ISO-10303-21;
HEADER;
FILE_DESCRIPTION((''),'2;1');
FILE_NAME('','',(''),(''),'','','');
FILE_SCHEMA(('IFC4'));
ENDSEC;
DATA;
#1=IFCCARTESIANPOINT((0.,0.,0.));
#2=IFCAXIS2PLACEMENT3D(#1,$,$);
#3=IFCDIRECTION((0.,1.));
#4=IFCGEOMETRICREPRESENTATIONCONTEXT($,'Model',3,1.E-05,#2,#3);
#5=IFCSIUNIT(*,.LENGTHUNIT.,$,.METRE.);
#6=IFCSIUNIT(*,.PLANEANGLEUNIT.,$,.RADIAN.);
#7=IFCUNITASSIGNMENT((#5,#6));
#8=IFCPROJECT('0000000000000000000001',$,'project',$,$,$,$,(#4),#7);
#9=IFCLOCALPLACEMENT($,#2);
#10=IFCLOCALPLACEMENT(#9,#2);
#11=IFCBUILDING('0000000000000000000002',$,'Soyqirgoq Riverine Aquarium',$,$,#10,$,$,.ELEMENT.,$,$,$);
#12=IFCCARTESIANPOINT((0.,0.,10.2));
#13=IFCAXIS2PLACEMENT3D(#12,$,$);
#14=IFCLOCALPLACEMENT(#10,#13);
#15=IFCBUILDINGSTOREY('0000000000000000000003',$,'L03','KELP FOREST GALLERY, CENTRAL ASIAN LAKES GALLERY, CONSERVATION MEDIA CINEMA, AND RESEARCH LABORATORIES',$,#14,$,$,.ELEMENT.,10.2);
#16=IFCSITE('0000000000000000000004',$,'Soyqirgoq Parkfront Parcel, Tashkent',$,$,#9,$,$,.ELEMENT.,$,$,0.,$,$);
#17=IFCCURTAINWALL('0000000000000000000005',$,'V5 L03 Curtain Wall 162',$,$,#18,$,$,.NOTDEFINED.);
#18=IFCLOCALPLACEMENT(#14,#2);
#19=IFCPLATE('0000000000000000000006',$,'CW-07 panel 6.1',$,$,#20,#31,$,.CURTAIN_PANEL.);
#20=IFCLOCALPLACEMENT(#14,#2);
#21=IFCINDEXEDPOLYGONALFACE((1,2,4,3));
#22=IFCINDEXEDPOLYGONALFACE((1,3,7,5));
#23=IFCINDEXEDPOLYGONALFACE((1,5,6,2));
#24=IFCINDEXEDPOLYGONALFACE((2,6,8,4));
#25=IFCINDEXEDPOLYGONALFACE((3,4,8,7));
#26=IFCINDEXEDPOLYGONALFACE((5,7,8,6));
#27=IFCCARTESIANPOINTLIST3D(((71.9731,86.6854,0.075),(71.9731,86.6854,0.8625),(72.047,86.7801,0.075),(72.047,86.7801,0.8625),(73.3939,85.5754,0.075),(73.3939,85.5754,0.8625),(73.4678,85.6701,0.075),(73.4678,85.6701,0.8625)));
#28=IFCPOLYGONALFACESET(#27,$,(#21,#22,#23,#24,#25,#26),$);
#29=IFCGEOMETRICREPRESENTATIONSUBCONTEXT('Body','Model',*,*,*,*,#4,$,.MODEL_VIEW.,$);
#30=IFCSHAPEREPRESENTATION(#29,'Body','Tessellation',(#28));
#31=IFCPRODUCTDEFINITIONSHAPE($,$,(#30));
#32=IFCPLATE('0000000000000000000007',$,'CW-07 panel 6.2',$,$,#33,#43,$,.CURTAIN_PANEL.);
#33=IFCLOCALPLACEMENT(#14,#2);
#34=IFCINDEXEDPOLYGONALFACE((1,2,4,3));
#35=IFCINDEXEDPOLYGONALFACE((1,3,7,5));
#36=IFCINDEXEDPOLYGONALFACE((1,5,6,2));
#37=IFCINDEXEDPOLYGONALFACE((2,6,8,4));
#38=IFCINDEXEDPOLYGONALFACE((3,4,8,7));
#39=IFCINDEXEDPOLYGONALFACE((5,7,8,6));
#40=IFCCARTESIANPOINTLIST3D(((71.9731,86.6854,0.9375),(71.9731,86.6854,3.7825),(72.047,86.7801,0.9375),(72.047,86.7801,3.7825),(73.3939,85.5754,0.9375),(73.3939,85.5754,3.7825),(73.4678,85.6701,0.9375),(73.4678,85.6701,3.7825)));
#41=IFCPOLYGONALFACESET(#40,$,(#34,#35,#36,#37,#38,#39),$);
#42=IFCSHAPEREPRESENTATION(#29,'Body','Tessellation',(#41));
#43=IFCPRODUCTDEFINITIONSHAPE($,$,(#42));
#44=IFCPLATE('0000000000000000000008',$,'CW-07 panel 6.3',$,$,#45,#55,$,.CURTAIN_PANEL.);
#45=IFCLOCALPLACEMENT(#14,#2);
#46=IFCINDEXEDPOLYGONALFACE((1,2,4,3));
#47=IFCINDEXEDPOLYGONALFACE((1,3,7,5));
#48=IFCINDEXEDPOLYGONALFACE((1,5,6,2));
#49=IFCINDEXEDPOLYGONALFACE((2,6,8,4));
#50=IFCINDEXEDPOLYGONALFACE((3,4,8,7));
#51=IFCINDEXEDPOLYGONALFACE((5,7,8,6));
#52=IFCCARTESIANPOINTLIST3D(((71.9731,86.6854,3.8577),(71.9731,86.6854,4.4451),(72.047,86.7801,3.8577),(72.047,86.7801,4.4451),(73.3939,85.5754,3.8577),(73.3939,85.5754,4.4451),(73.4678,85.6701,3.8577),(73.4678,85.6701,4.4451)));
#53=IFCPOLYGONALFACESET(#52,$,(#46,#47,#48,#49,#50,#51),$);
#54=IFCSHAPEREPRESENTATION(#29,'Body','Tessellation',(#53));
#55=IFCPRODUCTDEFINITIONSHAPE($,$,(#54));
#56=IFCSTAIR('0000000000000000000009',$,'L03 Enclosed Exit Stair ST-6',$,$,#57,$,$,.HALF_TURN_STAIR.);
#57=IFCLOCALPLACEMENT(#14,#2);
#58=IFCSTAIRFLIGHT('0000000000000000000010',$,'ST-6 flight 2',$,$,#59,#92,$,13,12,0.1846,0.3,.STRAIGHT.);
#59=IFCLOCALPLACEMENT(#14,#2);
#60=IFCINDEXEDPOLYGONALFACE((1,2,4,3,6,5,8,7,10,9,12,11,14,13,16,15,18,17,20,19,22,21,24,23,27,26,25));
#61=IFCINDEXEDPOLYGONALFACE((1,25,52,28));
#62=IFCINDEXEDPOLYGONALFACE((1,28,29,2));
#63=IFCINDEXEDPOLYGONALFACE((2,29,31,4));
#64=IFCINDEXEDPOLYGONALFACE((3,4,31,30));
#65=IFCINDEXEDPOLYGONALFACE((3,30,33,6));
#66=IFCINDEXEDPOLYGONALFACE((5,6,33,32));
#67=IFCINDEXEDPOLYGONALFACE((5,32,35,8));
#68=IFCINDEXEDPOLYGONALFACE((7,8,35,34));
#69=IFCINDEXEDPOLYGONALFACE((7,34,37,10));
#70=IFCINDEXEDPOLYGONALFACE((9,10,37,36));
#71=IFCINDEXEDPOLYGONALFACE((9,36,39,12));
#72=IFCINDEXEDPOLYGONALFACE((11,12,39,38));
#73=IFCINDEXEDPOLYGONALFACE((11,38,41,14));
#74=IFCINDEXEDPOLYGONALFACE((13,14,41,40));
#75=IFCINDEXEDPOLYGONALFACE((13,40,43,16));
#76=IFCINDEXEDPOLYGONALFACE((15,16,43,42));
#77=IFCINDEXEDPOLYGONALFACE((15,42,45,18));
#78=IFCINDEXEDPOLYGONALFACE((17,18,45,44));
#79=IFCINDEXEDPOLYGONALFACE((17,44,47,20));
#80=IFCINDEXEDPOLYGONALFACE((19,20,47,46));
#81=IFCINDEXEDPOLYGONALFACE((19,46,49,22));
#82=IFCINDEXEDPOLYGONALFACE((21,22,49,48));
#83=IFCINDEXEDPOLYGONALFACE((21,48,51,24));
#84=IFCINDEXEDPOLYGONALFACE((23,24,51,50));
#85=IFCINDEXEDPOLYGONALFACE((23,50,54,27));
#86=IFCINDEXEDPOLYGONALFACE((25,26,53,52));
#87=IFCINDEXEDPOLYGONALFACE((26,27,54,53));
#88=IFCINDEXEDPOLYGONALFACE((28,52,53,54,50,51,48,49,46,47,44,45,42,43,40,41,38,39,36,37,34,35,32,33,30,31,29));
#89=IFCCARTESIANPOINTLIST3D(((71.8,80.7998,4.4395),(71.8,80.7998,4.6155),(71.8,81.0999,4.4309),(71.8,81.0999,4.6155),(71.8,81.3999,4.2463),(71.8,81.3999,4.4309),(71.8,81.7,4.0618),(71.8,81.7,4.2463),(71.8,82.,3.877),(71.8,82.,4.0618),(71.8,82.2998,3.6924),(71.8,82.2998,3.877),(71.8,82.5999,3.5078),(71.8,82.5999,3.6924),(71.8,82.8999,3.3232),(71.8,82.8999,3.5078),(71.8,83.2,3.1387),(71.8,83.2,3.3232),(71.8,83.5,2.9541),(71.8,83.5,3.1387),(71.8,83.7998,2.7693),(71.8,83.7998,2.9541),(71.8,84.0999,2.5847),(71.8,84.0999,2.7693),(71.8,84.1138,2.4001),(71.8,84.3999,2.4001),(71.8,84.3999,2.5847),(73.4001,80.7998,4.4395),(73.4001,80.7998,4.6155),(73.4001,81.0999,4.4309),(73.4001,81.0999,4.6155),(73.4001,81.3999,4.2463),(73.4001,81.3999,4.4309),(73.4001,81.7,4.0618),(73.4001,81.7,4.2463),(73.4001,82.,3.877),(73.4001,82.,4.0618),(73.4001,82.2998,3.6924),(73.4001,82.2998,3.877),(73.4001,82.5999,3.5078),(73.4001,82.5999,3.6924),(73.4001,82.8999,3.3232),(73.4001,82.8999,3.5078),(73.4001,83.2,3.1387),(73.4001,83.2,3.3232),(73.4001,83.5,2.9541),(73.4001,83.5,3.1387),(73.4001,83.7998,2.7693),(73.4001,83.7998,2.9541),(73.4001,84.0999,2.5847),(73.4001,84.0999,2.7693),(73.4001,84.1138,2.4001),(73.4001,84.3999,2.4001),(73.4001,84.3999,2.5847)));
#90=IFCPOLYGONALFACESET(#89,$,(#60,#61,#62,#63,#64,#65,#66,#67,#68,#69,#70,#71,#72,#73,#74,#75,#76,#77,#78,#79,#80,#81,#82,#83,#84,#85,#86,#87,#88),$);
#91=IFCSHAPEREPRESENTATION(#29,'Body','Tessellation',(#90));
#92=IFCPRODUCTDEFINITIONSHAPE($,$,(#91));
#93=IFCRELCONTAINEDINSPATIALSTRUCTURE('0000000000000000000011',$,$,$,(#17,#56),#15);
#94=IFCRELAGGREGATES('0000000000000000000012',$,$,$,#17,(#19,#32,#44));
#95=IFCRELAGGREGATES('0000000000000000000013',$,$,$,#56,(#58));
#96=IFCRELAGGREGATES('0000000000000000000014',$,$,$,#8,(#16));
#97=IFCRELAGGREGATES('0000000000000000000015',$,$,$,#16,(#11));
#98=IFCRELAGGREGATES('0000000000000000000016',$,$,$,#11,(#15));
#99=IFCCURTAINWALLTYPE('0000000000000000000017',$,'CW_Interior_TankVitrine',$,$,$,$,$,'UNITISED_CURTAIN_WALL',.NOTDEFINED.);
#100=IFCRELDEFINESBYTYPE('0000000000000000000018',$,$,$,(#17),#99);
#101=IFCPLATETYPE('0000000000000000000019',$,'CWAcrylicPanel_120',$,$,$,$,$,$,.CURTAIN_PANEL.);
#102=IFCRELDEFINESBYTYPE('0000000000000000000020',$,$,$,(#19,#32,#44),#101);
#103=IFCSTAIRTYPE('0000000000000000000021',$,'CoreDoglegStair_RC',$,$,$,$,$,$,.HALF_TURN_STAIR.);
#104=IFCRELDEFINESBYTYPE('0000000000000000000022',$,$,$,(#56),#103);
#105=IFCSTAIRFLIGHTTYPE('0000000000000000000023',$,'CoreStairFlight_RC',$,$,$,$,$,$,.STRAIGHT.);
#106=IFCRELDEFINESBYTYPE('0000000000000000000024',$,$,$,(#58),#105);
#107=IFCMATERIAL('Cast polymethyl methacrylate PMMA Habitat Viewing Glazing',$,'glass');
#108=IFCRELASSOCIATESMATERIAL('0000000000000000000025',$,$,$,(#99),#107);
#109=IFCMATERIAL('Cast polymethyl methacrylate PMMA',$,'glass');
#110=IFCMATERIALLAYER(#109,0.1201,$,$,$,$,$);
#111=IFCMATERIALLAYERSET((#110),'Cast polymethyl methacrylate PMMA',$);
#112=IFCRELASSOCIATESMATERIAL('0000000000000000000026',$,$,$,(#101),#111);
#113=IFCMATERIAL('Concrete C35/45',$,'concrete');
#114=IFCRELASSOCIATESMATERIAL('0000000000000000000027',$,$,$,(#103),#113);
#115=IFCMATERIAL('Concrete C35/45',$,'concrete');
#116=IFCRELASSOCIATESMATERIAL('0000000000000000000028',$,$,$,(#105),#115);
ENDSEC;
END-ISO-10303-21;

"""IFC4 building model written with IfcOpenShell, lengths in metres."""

from ifc_helpers import new_model, si_unit, direction, frame, origin, origin_2d, place, context, subcontext, project, spatial, polyline, rectangle, outline, extrude, material, layer, layer_set, type_object, element, aggregate, save


model = new_model("IFC4")

# Units and contexts
model_context = context("Model", 3, precision=1e-05, world=origin(), true_north=direction((0.0, 1.0)))
body_context = subcontext(model_context, "Body", "Model", "MODEL_VIEW")
ifc_project = project(units=[si_unit("LENGTHUNIT", "METRE"), si_unit("PLANEANGLEUNIT", "RADIAN")], contexts=[model_context])

# Site, building, storey
site_placement = place(None, origin())
site = spatial("IfcSite", under=ifc_project, at=site_placement, Name="Soyqirgoq Parkfront Parcel, Tashkent", CompositionType="ELEMENT", RefElevation=0.0)
building_placement = place(site_placement, origin())
building = spatial("IfcBuilding", under=site, at=building_placement, Name="Soyqirgoq Riverine Aquarium", CompositionType="ELEMENT")
storey_placement = place(building_placement, frame((0.0, 0.0, 10.2)))
storey = spatial("IfcBuildingStorey", under=building, at=storey_placement, Name="L03", Description="KELP FOREST GALLERY, CENTRAL ASIAN LAKES GALLERY, CONSERVATION MEDIA CINEMA, AND RESEARCH LABORATORIES", CompositionType="ELEMENT", Elevation=10.2)

# Curtain wall, plates
ifc_material_1 = material(Name="Cast polymethyl methacrylate PMMA Habitat Viewing Glazing", Category="glass")
curtain_wall_type = type_object("IfcCurtainWallType", Name="CW_Interior_TankVitrine", ElementType="UNITISED_CURTAIN_WALL", PredefinedType="NOTDEFINED", material=ifc_material_1)
curtain_wall_placement = place(storey_placement, origin())
curtain_wall = element("IfcCurtainWall", 1, at=curtain_wall_placement, inside=storey, type_object=curtain_wall_type, Name="V5 L03 Curtain Wall 162", PredefinedType="NOTDEFINED")
ifc_material_2 = material(Name="Cast polymethyl methacrylate PMMA", Category="glass")
ifc_layer = layer(ifc_material_2, 0.1201)
ifc_layer_set = layer_set([ifc_layer], Name="Cast polymethyl methacrylate PMMA")
plate_type = type_object("IfcPlateType", Name="CWAcrylicPanel_120", PredefinedType="CURTAIN_PANEL", material=ifc_layer_set)
plate_1_placement = place(storey_placement, frame((72.7205, 86.1777, 0.075), z_axis=(0.0, 0.0, 1.0), x_axis=(-0.788016, 0.615655, 0.0)))
plate_1 = element("IfcPlate", 2, at=plate_1_placement, type_object=plate_type, Name="CW-07 panel 6.1", PredefinedType="CURTAIN_PANEL", context=body_context, shape_type="SweptSolid", body=[
    extrude(rectangle(XDim=1.803, YDim=0.1201, at=origin_2d()), origin(), (0.0, 0.0, 1.0), 0.7876),
])
plate_2_placement = place(storey_placement, frame((72.7205, 86.1777, 0.9375), z_axis=(0.0, 0.0, 1.0), x_axis=(-0.788016, 0.615655, 0.0)))
plate_2 = element("IfcPlate", 3, at=plate_2_placement, type_object=plate_type, Name="CW-07 panel 6.2", PredefinedType="CURTAIN_PANEL", context=body_context, shape_type="SweptSolid", body=[
    extrude(rectangle(XDim=1.803, YDim=0.1201, at=origin_2d()), origin(), (0.0, 0.0, 1.0), 2.845),
])
plate_3_placement = place(storey_placement, frame((72.7205, 86.1777, 3.8577), z_axis=(0.0, 0.0, 1.0), x_axis=(-0.788016, 0.615655, 0.0)))
plate_3 = element("IfcPlate", 4, at=plate_3_placement, type_object=plate_type, Name="CW-07 panel 6.3", PredefinedType="CURTAIN_PANEL", context=body_context, shape_type="SweptSolid", body=[
    extrude(rectangle(XDim=1.803, YDim=0.1201, at=origin_2d()), origin(), (0.0, 0.0, 1.0), 0.5874),
])
aggregate(curtain_wall, [plate_1, plate_2, plate_3])

# Stair, stair flight
ifc_material_3 = material(Name="Concrete C35/45", Category="concrete")
stair_type = type_object("IfcStairType", Name="CoreDoglegStair_RC", PredefinedType="HALF_TURN_STAIR", material=ifc_material_3)
stair_placement = place(storey_placement, origin())
stair = element("IfcStair", 5, at=stair_placement, inside=storey, type_object=stair_type, Name="L03 Enclosed Exit Stair ST-6", PredefinedType="HALF_TURN_STAIR")
ifc_material_4 = material(Name="Concrete C35/45", Category="concrete")
stair_flight_type = type_object("IfcStairFlightType", Name="CoreStairFlight_RC", PredefinedType="STRAIGHT", material=ifc_material_4)
stair_flight_placement = place(storey_placement, frame((72.6001, 84.3999, 2.4001), z_axis=(0.0, 0.0, 1.0), x_axis=(0.0, -1.0, 0.0)))
stair_flight = element("IfcStairFlight", 6, at=stair_flight_placement, type_object=stair_flight_type, Name="ST-6 flight 2", NumberOfRisers=13, NumberOfTreads=12, PredefinedType="STRAIGHT", RiserHeight=0.1846, TreadLength=0.3, context=body_context, shape_type="SweptSolid", body=[
    extrude(outline(polyline([(0.0, 0.0), (0.0, 0.1846), (0.3, 0.1846), (0.3, 0.3691), (0.6001, 0.3691), (0.6001, 0.554), (0.8999, 0.554), (0.8999, 0.7385), (1.2, 0.7385), (1.2, 0.9231), (1.5, 0.9231), (1.5, 1.1077), (1.8, 1.1077), (1.8, 1.2922), (2.1001, 1.2922), (2.1001, 1.4768), (2.3999, 1.4768), (2.3999, 1.6616), (2.7, 1.6616), (2.7, 1.8462), (3.0, 1.8462), (3.0, 2.0308), (3.3, 2.0308), (3.3, 2.2153), (3.6001, 2.2153), (3.6001, 2.3999), (3.6001, 2.0393), (0.2861, 0.0), (0.0, 0.0)])), frame((0.0, 0.8, 0.0), z_axis=(0.0, -1.0, 0.0), x_axis=(1.0, 0.0, 0.0)), (0.0, 0.0, 1.0), 1.6001),
])
aggregate(stair, [stair_flight])

save(model, "model.ifc")
